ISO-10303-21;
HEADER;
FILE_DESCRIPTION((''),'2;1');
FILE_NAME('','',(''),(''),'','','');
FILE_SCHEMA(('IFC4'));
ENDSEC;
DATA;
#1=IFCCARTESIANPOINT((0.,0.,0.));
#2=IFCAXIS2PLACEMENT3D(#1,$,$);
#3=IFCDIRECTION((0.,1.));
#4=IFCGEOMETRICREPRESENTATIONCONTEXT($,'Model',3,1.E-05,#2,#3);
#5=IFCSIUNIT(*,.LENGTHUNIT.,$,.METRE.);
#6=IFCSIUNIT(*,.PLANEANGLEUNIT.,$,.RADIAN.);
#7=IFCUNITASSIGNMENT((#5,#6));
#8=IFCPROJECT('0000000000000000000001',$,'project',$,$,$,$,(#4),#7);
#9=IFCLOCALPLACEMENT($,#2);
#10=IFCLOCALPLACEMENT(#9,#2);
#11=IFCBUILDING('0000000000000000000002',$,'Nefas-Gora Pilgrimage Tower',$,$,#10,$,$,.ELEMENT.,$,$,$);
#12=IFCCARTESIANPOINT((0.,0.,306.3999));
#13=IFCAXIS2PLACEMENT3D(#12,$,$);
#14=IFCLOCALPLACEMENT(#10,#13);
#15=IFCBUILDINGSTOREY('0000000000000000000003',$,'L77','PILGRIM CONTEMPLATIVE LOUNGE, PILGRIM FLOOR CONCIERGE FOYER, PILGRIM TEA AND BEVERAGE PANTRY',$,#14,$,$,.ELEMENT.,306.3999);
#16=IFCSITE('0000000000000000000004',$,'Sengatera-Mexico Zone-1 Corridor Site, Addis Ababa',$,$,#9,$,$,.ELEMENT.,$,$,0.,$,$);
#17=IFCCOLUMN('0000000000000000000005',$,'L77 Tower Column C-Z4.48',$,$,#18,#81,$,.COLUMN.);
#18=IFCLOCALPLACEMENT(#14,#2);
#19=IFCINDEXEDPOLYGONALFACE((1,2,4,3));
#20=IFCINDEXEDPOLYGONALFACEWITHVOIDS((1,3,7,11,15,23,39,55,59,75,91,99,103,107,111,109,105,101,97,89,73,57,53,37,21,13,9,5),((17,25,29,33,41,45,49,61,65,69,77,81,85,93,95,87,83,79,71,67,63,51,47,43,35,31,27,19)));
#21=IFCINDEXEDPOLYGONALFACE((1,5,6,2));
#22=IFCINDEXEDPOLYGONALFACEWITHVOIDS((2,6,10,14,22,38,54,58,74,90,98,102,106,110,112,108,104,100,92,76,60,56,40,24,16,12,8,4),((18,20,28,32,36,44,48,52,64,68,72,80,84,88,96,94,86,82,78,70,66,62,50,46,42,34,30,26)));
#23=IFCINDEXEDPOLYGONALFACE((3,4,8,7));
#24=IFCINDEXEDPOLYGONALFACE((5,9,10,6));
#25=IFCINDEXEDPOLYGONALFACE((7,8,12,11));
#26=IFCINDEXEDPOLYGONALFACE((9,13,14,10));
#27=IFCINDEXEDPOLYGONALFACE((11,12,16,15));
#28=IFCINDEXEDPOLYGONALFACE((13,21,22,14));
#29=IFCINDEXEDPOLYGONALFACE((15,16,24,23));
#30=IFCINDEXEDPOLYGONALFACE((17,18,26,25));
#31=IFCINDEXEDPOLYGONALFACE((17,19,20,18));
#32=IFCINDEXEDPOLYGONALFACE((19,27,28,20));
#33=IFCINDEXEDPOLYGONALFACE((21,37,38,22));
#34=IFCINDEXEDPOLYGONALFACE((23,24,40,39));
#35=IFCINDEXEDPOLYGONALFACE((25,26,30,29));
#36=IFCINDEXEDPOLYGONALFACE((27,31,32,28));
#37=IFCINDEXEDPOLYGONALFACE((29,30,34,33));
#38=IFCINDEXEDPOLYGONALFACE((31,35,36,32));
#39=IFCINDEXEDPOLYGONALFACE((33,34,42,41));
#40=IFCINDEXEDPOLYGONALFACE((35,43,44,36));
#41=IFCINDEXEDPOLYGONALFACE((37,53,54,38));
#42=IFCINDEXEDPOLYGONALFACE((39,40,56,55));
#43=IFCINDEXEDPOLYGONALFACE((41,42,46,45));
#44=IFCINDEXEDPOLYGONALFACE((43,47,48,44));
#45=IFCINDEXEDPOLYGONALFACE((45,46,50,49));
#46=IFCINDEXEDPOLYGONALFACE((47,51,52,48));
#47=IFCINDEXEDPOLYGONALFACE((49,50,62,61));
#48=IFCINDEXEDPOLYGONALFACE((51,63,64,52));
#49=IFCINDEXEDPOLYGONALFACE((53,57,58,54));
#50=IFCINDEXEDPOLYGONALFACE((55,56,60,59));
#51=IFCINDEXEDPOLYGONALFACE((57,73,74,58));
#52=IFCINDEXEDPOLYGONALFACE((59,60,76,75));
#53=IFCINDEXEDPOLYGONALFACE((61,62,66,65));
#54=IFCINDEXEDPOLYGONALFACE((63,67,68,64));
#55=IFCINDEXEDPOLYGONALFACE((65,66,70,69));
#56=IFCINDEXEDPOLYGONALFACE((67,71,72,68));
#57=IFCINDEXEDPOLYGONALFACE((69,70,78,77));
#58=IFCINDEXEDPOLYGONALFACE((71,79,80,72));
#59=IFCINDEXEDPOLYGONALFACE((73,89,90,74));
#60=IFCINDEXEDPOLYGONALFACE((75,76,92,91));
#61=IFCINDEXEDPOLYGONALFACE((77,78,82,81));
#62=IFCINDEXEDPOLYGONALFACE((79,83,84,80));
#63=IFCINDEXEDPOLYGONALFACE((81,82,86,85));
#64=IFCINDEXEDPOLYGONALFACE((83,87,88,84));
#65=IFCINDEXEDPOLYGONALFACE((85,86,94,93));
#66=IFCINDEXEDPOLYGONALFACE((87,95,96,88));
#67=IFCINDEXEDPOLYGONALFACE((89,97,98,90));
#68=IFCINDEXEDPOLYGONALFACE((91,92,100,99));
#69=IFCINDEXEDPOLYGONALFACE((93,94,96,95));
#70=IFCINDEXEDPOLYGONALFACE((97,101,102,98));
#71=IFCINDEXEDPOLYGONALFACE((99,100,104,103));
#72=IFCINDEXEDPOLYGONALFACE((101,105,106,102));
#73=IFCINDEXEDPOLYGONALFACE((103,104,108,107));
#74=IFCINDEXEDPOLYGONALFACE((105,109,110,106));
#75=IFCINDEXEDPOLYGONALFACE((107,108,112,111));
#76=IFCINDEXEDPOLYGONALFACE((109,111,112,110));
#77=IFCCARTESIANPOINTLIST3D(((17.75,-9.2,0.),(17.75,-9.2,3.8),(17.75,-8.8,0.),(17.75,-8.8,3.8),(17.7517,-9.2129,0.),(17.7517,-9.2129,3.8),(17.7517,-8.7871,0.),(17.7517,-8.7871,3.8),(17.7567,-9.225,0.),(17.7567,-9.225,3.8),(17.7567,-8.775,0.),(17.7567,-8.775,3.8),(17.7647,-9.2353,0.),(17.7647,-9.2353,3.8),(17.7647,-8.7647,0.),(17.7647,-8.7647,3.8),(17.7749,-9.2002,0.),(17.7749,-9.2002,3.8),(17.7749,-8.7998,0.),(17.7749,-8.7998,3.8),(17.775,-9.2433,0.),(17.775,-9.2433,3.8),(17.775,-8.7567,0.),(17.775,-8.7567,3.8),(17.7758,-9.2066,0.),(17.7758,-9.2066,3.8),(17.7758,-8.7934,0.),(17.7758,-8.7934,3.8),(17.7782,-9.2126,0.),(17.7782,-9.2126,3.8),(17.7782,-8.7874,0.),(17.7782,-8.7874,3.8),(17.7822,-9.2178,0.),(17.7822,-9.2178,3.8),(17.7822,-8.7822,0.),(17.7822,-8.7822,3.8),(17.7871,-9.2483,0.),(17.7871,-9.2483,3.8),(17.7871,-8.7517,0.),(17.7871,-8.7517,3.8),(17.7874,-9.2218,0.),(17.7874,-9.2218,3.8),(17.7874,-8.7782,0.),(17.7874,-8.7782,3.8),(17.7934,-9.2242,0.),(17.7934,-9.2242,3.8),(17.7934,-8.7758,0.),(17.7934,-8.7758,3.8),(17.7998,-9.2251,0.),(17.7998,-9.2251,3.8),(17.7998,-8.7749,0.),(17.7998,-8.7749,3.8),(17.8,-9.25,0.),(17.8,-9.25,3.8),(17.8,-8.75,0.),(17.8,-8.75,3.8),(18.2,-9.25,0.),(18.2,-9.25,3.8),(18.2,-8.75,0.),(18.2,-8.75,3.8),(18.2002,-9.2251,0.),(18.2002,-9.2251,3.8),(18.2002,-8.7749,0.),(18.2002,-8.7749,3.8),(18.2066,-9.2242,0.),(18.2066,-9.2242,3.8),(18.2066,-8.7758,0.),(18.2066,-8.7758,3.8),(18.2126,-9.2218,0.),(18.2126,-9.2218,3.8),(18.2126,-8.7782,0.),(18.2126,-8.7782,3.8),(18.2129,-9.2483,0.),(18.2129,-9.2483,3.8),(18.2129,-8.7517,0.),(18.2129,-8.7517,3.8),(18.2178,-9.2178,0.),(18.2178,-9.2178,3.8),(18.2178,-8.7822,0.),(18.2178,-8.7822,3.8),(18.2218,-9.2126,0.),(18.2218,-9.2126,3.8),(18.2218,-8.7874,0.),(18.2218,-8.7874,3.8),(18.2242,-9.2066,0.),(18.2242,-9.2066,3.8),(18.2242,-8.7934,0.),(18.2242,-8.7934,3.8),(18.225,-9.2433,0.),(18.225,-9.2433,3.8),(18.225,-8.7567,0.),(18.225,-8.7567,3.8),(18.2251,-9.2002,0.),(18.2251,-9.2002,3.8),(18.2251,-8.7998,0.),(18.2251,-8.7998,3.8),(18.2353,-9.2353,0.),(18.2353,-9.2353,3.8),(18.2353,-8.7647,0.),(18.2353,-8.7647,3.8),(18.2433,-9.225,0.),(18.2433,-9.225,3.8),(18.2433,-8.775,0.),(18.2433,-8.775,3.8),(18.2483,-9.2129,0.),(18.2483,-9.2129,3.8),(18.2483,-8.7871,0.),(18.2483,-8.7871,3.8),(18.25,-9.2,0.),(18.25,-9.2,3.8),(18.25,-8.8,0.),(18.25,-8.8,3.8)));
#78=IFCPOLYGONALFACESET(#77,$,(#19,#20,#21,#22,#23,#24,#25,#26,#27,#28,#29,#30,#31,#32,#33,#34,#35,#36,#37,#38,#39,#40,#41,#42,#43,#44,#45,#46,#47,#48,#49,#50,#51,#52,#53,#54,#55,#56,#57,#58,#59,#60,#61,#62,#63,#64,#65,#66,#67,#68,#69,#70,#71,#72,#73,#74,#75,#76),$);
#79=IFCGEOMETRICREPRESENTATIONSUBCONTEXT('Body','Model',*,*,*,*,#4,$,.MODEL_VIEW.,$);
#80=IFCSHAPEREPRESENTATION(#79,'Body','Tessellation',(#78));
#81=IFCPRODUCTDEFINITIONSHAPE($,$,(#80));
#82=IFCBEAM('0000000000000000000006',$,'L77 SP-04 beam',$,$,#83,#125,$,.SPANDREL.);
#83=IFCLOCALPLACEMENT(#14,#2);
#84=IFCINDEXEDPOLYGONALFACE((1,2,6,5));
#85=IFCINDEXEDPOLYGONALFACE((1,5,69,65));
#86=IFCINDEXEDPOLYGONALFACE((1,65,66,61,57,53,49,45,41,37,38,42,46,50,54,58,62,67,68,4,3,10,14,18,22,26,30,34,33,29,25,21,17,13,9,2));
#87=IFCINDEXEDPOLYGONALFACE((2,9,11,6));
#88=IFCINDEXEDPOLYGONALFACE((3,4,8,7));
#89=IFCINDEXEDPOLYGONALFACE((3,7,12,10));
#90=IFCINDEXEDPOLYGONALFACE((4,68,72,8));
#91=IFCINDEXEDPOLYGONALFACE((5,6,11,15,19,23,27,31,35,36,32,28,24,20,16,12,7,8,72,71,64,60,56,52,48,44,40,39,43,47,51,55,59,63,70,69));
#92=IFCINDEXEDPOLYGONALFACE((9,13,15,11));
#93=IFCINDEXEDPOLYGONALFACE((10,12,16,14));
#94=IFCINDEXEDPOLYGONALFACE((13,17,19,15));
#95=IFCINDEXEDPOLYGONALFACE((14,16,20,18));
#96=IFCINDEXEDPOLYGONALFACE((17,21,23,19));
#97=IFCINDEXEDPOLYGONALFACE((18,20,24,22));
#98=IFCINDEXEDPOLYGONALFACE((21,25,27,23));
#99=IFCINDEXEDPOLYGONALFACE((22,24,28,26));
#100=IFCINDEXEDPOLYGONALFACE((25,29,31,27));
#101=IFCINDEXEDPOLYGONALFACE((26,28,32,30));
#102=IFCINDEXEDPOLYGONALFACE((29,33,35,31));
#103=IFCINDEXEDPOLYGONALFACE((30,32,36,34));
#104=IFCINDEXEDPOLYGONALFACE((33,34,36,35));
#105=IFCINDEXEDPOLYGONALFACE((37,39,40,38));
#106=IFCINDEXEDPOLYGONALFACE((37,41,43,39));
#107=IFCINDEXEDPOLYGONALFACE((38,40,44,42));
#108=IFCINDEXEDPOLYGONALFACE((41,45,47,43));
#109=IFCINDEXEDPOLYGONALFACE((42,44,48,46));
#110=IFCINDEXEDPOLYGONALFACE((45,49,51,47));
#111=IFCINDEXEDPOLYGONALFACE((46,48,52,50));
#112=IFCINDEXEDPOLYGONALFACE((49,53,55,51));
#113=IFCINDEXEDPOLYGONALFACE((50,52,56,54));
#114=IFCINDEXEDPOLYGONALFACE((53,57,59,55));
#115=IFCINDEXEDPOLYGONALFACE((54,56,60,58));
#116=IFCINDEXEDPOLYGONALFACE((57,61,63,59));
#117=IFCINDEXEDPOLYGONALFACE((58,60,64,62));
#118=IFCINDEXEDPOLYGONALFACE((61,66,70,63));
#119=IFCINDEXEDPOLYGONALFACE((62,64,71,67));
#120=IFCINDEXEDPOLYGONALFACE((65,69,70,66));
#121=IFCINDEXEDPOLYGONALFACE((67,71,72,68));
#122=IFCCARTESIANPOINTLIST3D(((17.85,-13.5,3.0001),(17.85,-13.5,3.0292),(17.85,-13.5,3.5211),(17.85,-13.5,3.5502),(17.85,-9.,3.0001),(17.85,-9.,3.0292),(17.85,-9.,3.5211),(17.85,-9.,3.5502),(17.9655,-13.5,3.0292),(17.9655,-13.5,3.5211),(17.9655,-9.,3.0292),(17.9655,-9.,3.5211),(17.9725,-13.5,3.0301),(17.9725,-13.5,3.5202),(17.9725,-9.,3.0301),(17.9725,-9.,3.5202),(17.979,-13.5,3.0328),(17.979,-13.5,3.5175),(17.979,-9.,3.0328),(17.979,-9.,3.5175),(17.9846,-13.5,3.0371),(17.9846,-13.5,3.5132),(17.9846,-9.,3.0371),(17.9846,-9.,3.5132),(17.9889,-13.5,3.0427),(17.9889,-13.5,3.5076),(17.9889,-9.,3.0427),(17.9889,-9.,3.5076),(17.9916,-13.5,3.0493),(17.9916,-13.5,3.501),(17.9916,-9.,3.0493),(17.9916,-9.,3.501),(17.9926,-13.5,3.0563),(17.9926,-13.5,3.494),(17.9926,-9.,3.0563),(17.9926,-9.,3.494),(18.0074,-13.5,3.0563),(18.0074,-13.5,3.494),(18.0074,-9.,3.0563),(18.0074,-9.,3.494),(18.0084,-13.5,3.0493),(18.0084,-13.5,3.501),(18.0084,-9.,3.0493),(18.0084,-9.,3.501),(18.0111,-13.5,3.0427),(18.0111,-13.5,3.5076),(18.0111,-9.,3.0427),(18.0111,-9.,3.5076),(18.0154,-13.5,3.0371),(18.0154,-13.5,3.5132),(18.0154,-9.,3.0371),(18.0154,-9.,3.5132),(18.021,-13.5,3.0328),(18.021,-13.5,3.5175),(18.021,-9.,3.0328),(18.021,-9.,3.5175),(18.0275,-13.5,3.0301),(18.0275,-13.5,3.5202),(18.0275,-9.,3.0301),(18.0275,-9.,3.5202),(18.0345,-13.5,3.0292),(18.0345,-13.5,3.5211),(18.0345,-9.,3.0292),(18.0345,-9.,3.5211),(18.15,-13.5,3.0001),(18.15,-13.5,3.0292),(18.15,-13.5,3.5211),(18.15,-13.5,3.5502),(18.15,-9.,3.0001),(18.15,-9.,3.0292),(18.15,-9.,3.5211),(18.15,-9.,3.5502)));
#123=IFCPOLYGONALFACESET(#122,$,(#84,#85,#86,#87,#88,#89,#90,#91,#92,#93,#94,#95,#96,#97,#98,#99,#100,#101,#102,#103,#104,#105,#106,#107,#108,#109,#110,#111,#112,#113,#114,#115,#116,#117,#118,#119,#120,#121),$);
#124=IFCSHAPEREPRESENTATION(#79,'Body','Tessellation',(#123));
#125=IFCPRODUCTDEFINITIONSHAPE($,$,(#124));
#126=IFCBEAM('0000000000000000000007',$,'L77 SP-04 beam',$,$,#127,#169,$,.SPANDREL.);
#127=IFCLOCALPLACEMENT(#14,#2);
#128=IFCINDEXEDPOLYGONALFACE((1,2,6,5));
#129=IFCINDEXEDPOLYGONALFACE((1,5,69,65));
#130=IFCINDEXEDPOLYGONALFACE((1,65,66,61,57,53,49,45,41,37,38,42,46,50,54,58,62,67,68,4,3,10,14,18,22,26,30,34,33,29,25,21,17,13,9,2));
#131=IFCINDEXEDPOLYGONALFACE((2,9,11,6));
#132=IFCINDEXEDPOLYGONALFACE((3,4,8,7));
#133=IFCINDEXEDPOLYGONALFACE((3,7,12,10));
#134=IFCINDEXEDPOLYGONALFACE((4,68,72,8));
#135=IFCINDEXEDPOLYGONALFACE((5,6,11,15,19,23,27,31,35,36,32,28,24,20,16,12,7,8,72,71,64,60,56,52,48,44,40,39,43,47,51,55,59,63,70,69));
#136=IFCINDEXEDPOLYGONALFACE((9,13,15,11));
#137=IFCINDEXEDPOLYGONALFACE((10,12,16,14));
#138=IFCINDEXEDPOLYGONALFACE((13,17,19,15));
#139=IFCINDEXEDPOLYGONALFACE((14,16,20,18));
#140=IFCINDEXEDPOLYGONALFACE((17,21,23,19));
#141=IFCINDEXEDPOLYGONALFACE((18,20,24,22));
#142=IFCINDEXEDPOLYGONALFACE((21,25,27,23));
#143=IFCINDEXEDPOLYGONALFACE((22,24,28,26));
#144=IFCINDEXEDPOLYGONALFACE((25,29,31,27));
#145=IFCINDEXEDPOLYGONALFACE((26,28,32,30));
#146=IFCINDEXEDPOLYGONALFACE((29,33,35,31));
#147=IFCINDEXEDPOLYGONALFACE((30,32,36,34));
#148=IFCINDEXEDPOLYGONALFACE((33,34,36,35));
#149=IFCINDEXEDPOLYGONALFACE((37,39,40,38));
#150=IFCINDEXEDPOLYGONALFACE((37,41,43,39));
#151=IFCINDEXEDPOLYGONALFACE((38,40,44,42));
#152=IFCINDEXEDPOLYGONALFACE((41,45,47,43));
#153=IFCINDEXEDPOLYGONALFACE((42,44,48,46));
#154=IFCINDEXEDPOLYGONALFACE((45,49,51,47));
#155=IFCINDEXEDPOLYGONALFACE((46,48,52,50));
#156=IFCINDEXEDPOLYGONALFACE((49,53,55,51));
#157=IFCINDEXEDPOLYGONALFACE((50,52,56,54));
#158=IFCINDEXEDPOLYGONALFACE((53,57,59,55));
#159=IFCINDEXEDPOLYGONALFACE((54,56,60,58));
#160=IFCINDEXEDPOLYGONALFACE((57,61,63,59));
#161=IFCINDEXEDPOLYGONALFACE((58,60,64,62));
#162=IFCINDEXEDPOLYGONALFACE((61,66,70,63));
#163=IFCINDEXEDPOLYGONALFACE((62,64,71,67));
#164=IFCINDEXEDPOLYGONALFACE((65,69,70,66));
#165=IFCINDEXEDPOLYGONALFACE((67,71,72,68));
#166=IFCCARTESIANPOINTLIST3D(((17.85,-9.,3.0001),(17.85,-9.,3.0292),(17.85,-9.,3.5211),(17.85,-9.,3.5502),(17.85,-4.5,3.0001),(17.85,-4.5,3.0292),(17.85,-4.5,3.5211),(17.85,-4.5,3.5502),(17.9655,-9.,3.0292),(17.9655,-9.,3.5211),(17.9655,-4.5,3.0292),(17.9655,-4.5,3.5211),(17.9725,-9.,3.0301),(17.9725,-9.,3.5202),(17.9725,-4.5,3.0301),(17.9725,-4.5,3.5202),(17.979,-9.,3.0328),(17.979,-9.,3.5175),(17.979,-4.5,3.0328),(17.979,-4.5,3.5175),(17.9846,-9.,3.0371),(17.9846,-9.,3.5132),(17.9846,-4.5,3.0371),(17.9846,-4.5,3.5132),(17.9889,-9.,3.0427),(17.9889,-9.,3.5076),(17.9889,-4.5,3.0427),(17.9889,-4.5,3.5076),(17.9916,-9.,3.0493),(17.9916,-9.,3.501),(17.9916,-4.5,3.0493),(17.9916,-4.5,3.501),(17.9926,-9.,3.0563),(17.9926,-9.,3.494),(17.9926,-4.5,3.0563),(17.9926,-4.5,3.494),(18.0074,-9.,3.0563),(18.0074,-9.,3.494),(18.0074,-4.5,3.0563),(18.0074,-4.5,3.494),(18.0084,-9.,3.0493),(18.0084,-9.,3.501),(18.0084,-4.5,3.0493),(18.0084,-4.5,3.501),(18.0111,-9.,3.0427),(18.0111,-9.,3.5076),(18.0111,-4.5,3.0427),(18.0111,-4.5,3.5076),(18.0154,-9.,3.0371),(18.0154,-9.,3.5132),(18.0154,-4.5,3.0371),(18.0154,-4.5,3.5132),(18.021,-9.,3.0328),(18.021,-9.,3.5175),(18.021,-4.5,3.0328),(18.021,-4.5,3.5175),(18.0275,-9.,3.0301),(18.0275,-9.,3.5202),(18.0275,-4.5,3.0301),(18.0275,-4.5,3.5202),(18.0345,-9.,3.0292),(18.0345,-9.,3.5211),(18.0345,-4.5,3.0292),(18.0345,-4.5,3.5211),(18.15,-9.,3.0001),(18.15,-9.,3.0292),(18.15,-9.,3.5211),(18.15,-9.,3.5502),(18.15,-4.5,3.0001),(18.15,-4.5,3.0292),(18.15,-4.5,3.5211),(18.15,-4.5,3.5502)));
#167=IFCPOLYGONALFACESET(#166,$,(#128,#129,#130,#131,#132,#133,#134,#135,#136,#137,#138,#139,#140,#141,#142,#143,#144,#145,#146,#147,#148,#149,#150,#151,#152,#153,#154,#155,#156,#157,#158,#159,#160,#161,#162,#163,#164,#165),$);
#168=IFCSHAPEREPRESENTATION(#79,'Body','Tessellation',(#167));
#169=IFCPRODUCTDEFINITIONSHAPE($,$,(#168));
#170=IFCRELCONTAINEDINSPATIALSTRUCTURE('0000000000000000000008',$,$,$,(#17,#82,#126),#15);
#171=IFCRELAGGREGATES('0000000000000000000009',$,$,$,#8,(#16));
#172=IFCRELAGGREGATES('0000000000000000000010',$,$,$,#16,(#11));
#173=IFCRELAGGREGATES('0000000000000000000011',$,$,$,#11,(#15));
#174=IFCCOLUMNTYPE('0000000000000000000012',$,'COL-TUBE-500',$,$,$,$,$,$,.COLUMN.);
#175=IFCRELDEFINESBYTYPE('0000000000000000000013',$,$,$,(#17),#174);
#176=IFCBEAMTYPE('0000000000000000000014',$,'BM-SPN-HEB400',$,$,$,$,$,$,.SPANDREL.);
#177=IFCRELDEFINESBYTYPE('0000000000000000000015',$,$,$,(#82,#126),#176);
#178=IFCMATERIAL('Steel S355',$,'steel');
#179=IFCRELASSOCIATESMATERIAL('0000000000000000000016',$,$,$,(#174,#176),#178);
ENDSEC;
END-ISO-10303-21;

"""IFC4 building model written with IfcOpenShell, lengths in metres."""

from ifc_helpers import new_model, si_unit, direction, frame, origin, origin_2d, place, context, subcontext, project, spatial, hollow_rectangle, i_section, extrude, source, transform, mapped, material, material_profile, profile_set, type_object, element, save


model = new_model("IFC4")

# Units and contexts
model_context = context("Model", 3, precision=1e-05, world=origin(), true_north=direction((0.0, 1.0)))
body_context = subcontext(model_context, "Body", "Model", "MODEL_VIEW")
ifc_project = project(units=[si_unit("LENGTHUNIT", "METRE"), si_unit("PLANEANGLEUNIT", "RADIAN")], contexts=[model_context])

# Site, building, storey
site_placement = place(None, origin())
site = spatial("IfcSite", under=ifc_project, at=site_placement, Name="Sengatera-Mexico Zone-1 Corridor Site, Addis Ababa", CompositionType="ELEMENT", RefElevation=0.0)
building_placement = place(site_placement, origin())
building = spatial("IfcBuilding", under=site, at=building_placement, Name="Nefas-Gora Pilgrimage Tower", CompositionType="ELEMENT")
storey_placement = place(building_placement, frame((0.0, 0.0, 306.3999)))
storey = spatial("IfcBuildingStorey", under=building, at=storey_placement, Name="L77", Description="PILGRIM CONTEMPLATIVE LOUNGE, PILGRIM FLOOR CONCIERGE FOYER, PILGRIM TEA AND BEVERAGE PANTRY", CompositionType="ELEMENT", Elevation=306.3999)

# Column
ifc_material_1 = material(Name="Steel S355", Category="steel")
ifc_material_profile_1 = material_profile(ifc_material_1, hollow_rectangle(XDim=0.5, YDim=0.5, WallThickness=0.0249, InnerFilletRadius=0.0249, OuterFilletRadius=0.05, at=origin_2d()), Name="SHS 500x500x25")
ifc_profile_set_1 = profile_set([ifc_material_profile_1], Name="Steel S355")
column_type_1 = type_object("IfcColumnType", Name="COL-TUBE-500", PredefinedType="COLUMN", material=ifc_profile_set_1)
shared_shape_1 = source(origin(), body_context, "Body", "SweptSolid", [
    extrude(hollow_rectangle(XDim=0.5, YDim=0.5, WallThickness=0.0249, InnerFilletRadius=0.0249, OuterFilletRadius=0.05, at=origin_2d()), origin(), (0.0, 0.0, 1.0), 3.8),
])
for number, where, z_axis, x_axis, name in (
    (1, (18.0, -9.0, 0.0), (0.0, 0.0, 1.0), (1.0, 0.0, 0.0), "L77 Tower Column C-Z4.48"),
):
    element("IfcColumn", number, at=place(storey_placement, frame(where, z_axis=z_axis, x_axis=x_axis)), inside=storey, type_object=column_type_1, Name=name, PredefinedType="COLUMN", context=body_context, shape_type="MappedRepresentation", body=[
        mapped(shared_shape_1, transform((0.0, 0.0, 0.0), x_axis=(1.0, 0.0, 0.0), y_axis=(0.0, 1.0, 0.0), z_axis=(0.0, 0.0, 1.0), scale=1.0)),
    ])

# Beams
ifc_material_profile_2 = material_profile(ifc_material_1, i_section(OverallWidth=0.3, OverallDepth=0.55, WebThickness=0.0149, FlangeThickness=0.0291, FilletRadius=0.0271, at=origin_2d()), Name="HEB 550")
ifc_profile_set_2 = profile_set([ifc_material_profile_2], Name="Steel S355")
beam_type_1 = type_object("IfcBeamType", Name="BM-SPN-HEB400", PredefinedType="SPANDREL", material=ifc_profile_set_2)
shared_shape_2 = source(origin(), body_context, "Body", "SweptSolid", [
    extrude(i_section(OverallWidth=0.3, OverallDepth=0.55, WebThickness=0.0149, FlangeThickness=0.0291, FilletRadius=0.0271, at=origin_2d()), origin(), (0.0, 0.0, 1.0), 4.5),
])
for number, where, z_axis, x_axis, name in (
    (2, (18.0, -13.5, 3.2751), (0.0, 1.0, 0.0), (-1.0, 0.0, 0.0), "L77 SP-04 beam"),
    (3, (18.0, -9.0, 3.2751), (0.0, 1.0, 0.0), (-1.0, 0.0, 0.0), "L77 SP-04 beam"),
):
    element("IfcBeam", number, at=place(storey_placement, frame(where, z_axis=z_axis, x_axis=x_axis)), inside=storey, type_object=beam_type_1, Name=name, PredefinedType="SPANDREL", context=body_context, shape_type="MappedRepresentation", body=[
        mapped(shared_shape_2, transform((0.0, 0.0, 0.0), x_axis=(1.0, 0.0, 0.0), y_axis=(0.0, 1.0, 0.0), z_axis=(0.0, 0.0, 1.0), scale=1.0)),
    ])

save(model, "model.ifc")
